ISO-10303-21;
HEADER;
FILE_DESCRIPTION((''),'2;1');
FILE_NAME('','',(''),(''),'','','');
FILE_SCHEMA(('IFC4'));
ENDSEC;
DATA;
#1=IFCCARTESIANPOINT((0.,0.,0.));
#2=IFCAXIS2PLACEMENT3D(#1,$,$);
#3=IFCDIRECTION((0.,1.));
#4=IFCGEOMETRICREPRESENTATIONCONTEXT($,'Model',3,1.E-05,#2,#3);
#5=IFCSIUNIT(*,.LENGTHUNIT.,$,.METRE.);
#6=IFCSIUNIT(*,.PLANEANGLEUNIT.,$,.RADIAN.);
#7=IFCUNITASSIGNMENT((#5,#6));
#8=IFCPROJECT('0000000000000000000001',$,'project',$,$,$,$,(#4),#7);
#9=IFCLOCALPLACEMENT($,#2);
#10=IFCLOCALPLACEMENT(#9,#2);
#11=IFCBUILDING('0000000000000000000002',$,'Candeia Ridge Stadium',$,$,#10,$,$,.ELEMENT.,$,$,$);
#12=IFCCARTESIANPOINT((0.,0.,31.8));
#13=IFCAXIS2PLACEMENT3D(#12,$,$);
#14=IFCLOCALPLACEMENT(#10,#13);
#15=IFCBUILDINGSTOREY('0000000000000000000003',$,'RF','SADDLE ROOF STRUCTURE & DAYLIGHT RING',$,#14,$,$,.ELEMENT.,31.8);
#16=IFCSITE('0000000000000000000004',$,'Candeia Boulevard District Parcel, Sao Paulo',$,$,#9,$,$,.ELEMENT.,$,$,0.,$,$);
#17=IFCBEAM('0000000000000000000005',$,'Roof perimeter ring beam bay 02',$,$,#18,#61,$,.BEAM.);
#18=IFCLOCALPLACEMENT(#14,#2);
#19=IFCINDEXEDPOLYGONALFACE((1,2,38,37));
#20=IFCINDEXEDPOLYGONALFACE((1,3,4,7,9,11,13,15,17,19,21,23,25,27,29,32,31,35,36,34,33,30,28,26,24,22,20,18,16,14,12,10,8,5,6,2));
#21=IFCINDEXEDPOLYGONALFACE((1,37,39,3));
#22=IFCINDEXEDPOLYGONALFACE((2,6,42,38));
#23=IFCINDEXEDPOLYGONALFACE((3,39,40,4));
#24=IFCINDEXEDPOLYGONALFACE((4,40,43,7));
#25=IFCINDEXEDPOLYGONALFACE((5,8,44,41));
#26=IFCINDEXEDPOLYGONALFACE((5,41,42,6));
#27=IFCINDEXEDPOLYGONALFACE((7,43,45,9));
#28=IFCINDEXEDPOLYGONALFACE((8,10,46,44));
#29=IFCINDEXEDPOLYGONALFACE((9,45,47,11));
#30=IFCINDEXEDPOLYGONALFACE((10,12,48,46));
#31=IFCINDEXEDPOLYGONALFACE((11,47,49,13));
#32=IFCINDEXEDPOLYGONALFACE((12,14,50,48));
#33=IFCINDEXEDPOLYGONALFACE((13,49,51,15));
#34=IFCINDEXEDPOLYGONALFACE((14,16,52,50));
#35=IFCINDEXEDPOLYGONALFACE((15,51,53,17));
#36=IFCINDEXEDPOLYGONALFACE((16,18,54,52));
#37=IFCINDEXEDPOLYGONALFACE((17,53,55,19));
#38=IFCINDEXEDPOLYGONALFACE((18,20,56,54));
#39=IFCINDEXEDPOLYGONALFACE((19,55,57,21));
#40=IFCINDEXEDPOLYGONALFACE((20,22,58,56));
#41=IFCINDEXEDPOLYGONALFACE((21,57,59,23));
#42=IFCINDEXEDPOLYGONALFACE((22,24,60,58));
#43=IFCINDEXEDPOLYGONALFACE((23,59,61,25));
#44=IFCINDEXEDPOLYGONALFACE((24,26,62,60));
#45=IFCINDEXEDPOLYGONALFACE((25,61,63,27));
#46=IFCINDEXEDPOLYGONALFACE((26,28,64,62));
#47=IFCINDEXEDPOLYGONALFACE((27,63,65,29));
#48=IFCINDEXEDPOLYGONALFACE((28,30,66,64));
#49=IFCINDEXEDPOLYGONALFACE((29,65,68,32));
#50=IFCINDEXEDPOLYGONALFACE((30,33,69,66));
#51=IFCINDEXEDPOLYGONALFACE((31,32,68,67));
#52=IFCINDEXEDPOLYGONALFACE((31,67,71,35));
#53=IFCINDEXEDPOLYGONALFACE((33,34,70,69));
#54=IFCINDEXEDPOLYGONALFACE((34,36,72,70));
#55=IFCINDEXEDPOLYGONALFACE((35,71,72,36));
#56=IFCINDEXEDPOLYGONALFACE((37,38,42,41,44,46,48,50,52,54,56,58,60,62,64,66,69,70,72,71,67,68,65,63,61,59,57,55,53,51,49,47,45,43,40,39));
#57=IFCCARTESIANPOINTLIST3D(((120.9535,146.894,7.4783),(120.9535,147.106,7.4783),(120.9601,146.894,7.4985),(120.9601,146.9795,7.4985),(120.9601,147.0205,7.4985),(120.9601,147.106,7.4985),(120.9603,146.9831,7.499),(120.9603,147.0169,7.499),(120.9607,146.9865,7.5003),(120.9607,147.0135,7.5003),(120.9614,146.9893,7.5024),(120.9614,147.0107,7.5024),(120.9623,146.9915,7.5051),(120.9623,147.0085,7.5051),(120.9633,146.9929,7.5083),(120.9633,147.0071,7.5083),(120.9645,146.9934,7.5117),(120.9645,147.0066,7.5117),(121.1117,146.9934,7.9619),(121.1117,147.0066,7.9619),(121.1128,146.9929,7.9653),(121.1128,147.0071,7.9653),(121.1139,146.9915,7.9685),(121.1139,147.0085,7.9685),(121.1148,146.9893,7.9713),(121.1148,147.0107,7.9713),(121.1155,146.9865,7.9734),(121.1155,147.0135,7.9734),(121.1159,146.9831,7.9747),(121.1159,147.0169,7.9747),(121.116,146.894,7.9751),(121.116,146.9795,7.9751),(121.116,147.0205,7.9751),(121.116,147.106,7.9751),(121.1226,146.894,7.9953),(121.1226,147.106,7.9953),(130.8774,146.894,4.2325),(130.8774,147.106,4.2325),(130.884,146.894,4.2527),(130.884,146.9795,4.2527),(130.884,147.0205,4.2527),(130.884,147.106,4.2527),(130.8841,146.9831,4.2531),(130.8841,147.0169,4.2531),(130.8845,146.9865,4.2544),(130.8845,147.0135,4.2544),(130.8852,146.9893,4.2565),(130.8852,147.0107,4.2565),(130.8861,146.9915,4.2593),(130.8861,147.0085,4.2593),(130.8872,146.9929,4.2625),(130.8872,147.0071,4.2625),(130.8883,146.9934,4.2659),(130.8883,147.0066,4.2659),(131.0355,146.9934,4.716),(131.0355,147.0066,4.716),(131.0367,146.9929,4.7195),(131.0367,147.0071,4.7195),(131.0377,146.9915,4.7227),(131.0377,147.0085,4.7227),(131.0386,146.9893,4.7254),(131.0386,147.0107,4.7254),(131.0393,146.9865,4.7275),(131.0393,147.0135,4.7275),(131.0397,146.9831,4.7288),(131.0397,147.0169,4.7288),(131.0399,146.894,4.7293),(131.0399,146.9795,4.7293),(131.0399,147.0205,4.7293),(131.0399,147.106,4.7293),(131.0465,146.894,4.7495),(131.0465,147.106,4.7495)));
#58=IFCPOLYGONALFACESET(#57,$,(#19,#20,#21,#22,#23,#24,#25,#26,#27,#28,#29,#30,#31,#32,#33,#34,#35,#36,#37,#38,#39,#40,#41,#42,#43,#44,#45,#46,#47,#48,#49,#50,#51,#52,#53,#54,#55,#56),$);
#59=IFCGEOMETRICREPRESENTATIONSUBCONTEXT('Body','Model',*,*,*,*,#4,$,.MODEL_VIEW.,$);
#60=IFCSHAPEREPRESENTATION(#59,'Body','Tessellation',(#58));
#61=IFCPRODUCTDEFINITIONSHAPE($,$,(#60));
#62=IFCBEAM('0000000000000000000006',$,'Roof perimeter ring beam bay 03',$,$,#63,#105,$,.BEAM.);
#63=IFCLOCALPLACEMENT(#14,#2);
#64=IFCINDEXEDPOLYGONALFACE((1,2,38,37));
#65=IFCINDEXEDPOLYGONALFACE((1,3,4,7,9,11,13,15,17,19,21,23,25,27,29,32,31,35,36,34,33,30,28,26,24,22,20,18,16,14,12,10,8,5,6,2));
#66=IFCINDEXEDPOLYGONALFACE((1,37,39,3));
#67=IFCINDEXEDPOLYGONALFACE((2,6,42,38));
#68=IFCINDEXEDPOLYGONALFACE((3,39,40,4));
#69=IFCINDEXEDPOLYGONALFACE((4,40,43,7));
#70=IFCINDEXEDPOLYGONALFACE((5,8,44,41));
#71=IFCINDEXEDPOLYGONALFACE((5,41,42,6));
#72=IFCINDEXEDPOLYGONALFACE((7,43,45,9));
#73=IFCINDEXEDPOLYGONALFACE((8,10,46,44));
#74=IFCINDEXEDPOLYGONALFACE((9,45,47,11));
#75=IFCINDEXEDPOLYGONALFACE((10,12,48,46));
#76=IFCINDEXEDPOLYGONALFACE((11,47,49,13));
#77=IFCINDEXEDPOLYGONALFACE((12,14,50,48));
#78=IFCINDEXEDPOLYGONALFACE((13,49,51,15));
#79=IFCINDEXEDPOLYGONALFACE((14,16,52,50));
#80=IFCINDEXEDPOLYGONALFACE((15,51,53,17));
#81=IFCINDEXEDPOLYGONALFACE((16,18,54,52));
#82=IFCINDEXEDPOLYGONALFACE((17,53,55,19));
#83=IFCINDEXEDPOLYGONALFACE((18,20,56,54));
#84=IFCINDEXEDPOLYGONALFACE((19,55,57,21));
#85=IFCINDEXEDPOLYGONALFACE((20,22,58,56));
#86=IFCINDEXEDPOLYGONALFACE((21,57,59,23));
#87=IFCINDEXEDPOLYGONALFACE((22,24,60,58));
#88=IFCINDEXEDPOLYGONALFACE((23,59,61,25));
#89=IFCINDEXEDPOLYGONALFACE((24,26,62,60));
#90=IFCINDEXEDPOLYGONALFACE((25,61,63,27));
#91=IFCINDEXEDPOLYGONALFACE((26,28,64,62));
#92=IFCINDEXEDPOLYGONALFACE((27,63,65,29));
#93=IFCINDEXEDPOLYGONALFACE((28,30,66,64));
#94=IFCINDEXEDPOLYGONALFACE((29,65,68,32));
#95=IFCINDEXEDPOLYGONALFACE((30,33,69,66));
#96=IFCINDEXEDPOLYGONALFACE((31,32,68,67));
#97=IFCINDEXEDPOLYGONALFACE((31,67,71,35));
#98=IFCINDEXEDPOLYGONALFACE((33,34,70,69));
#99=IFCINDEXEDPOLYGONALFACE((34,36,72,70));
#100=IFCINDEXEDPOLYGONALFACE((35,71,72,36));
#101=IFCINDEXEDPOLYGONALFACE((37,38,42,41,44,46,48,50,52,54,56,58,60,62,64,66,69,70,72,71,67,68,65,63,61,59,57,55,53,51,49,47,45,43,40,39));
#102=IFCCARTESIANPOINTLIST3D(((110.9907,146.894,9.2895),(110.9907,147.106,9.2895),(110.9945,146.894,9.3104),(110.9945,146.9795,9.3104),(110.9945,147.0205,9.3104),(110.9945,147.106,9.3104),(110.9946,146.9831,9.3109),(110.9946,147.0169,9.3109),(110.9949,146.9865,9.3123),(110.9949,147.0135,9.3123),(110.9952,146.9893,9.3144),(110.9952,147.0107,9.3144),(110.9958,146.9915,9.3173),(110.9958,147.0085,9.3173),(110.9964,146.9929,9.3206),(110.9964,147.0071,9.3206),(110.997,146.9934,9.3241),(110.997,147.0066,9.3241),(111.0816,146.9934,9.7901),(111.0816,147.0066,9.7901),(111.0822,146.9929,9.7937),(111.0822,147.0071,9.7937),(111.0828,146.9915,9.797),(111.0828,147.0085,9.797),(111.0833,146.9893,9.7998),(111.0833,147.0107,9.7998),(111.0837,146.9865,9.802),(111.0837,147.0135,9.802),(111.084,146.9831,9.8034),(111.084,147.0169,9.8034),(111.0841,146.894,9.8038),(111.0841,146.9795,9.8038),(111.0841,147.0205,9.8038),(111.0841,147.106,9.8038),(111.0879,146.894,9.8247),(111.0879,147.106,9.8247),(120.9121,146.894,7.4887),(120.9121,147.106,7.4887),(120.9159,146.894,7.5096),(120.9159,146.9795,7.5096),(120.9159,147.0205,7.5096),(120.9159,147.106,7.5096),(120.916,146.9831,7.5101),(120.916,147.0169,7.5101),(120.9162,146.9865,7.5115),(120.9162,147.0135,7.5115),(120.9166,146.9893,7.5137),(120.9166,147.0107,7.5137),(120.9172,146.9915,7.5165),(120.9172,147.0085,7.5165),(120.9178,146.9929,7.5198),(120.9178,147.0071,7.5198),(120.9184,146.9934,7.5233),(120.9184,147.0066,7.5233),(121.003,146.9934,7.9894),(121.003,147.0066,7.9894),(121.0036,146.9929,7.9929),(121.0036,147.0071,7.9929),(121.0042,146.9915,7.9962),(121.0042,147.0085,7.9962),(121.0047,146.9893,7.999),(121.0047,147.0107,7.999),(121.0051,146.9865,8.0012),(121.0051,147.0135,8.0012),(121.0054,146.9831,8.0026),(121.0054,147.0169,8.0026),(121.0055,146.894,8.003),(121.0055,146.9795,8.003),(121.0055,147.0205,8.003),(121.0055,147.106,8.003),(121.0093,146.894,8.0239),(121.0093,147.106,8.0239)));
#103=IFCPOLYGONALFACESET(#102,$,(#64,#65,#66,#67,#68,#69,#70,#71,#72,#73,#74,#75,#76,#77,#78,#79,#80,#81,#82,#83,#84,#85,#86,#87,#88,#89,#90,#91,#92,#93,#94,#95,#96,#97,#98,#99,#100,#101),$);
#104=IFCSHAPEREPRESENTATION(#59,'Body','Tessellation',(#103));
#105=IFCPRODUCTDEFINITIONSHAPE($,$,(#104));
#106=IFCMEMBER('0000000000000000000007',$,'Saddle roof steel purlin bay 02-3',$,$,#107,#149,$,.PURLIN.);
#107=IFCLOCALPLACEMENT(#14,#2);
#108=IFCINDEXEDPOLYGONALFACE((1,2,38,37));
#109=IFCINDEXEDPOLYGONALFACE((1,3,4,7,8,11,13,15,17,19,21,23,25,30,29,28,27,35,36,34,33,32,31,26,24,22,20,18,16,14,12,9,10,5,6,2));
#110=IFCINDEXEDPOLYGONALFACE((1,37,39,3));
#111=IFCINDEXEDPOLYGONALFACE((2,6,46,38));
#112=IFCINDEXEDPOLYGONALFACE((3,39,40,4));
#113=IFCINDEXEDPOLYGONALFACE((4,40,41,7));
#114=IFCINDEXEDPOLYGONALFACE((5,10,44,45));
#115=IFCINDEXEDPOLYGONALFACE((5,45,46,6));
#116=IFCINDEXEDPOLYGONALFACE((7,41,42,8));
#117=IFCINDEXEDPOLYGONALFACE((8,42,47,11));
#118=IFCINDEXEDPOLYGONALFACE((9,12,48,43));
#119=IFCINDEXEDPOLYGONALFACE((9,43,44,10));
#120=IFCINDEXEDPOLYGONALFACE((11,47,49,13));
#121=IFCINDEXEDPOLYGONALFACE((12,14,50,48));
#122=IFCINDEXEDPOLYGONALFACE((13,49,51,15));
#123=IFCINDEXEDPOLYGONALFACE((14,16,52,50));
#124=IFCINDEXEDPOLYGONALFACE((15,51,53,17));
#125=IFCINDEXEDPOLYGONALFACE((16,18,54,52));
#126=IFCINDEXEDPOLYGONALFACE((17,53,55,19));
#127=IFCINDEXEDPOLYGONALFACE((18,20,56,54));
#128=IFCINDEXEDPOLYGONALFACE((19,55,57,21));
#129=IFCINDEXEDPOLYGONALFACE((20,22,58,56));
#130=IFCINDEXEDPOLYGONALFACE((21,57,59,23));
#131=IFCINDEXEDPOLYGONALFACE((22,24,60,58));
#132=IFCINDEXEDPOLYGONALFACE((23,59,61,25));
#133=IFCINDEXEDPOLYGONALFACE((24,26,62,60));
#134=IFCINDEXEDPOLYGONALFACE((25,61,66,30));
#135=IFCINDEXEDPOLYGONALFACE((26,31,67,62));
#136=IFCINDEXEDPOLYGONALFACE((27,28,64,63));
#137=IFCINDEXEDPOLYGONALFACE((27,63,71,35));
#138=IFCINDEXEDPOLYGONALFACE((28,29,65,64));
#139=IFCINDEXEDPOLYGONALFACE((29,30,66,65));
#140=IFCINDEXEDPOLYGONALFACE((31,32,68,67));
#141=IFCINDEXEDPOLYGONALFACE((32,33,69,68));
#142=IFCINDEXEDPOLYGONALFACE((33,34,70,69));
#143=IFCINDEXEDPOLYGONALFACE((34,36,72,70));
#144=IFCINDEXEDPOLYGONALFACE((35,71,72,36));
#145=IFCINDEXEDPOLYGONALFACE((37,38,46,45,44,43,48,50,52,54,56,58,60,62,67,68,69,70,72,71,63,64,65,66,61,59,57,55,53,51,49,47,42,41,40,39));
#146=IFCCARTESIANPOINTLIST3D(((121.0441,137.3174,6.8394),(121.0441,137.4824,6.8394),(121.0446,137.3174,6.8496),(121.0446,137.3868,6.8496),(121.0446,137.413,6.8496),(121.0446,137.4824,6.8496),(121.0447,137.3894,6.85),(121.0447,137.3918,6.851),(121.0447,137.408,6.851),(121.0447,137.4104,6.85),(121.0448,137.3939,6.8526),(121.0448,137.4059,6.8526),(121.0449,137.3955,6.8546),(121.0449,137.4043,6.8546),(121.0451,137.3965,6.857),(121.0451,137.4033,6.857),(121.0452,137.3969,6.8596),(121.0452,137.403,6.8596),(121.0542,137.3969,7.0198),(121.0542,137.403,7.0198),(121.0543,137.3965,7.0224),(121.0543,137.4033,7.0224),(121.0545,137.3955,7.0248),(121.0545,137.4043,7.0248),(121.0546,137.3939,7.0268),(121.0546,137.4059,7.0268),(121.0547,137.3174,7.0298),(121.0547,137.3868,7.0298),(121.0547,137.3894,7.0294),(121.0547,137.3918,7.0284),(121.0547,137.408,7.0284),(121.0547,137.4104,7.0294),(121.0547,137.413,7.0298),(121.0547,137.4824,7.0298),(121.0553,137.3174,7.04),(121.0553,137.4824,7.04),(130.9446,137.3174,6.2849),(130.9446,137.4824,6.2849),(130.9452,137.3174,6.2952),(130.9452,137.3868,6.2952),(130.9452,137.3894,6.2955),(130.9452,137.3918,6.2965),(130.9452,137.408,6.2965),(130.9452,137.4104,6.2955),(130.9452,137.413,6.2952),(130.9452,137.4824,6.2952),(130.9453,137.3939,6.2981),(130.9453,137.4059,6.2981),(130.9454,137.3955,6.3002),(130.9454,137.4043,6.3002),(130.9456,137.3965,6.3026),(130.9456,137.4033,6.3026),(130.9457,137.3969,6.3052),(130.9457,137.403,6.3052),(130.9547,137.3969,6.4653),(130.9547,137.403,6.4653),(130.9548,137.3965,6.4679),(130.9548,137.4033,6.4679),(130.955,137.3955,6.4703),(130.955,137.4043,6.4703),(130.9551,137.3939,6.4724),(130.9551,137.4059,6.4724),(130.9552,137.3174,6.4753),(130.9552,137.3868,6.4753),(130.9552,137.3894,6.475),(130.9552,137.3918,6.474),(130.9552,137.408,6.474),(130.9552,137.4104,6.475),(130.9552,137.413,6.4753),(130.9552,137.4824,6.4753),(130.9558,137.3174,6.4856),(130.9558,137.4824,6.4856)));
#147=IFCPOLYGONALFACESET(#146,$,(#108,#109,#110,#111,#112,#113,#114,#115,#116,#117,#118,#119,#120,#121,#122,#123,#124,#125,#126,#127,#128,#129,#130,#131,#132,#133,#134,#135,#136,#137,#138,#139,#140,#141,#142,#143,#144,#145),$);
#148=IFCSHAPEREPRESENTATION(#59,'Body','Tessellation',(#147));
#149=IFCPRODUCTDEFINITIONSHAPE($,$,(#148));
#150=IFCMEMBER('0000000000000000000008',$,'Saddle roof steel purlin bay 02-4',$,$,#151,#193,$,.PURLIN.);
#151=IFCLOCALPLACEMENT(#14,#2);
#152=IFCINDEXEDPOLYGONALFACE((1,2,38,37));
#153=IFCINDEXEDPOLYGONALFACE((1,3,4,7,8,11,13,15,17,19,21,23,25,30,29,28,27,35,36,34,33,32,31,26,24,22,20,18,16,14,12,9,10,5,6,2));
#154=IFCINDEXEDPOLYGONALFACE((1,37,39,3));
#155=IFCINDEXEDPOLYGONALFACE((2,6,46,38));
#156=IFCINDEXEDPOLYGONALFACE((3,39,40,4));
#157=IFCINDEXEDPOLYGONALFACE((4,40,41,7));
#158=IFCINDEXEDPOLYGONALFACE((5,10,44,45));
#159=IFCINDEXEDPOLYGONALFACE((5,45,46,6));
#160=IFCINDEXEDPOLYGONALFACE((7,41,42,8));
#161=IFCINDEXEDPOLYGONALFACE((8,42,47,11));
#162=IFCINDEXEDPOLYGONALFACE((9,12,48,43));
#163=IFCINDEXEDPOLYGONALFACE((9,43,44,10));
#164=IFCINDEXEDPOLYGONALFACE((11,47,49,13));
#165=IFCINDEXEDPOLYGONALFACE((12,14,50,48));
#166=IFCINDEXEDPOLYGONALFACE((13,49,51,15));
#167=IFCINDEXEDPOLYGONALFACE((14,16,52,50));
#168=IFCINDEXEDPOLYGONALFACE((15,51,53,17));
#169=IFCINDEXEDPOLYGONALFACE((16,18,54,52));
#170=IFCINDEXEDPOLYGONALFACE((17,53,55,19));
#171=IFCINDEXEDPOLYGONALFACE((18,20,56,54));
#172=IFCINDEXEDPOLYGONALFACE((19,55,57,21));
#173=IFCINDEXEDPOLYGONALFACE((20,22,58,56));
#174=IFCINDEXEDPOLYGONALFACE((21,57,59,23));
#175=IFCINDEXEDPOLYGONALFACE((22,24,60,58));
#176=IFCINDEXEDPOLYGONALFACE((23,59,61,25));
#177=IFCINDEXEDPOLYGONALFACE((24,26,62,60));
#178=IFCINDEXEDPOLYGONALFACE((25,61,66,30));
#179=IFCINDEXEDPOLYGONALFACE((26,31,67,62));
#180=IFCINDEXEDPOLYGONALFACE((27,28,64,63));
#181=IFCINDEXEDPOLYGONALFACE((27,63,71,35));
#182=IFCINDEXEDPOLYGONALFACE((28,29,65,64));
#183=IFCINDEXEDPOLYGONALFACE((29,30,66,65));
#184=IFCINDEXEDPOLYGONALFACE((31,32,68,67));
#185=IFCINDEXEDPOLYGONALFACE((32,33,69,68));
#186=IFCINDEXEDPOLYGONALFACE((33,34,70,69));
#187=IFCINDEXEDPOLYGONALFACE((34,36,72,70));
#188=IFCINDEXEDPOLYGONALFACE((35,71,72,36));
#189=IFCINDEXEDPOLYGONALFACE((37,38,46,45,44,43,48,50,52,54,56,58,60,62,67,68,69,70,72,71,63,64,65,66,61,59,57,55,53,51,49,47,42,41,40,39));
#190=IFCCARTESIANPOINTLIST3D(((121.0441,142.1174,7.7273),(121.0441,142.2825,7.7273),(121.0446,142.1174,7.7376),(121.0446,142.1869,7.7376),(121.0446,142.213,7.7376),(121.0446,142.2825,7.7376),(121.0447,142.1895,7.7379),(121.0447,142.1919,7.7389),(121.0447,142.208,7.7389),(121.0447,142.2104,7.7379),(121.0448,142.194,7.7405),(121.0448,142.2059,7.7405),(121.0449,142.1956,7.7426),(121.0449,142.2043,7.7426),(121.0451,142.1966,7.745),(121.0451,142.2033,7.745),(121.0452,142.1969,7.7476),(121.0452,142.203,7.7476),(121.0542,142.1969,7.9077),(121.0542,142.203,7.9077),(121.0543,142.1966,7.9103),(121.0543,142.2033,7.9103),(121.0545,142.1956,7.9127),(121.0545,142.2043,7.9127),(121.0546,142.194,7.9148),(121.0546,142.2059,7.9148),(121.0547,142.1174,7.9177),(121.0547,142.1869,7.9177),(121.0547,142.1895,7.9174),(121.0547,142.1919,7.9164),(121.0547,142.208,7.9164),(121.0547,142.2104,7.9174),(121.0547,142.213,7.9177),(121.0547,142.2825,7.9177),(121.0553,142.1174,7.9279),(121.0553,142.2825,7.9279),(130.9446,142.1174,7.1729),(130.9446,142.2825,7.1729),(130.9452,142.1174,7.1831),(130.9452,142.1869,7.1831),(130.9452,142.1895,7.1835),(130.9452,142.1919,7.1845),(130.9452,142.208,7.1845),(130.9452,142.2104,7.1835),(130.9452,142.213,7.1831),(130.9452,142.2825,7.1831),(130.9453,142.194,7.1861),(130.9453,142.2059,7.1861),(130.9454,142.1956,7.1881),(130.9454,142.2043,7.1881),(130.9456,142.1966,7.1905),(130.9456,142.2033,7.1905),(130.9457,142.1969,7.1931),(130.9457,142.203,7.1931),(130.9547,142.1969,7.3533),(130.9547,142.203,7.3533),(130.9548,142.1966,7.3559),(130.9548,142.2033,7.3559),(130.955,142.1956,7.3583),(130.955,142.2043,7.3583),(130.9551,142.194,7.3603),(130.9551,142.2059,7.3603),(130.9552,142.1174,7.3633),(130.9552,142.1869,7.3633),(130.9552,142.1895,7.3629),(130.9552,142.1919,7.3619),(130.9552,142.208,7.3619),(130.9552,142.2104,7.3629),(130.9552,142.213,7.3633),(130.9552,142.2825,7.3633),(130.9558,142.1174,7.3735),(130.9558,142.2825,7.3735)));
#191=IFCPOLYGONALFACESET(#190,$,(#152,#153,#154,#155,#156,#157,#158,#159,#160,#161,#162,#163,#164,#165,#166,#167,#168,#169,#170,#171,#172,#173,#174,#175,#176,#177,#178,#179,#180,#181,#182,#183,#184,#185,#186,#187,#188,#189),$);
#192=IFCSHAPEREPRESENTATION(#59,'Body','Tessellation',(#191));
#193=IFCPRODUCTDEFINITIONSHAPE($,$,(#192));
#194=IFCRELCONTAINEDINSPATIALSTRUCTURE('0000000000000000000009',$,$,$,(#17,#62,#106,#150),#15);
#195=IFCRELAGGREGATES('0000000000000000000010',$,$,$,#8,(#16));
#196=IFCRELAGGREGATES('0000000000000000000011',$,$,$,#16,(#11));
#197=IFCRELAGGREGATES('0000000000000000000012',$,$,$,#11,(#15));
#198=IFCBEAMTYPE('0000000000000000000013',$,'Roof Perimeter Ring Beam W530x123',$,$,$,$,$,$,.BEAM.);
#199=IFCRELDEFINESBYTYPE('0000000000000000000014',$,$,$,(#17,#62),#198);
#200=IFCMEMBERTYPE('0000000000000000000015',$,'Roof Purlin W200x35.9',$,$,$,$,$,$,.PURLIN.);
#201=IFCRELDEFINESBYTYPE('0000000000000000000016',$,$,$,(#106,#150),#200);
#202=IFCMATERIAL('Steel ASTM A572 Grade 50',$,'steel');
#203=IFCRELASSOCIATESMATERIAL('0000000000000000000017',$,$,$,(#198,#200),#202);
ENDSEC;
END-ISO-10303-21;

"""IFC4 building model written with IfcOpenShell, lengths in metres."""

from ifc_helpers import new_model, si_unit, direction, frame, origin, origin_2d, place, context, subcontext, project, spatial, i_section, extrude, material, material_profile, profile_set, type_object, element, save


model = new_model("IFC4")

# Units and contexts
model_context = context("Model", 3, precision=1e-05, world=origin(), true_north=direction((0.0, 1.0)))
body_context = subcontext(model_context, "Body", "Model", "MODEL_VIEW")
ifc_project = project(units=[si_unit("LENGTHUNIT", "METRE"), si_unit("PLANEANGLEUNIT", "RADIAN")], contexts=[model_context])

# Site, building, storey
site_placement = place(None, origin())
site = spatial("IfcSite", under=ifc_project, at=site_placement, Name="Candeia Boulevard District Parcel, Sao Paulo", CompositionType="ELEMENT", RefElevation=0.0)
building_placement = place(site_placement, origin())
building = spatial("IfcBuilding", under=site, at=building_placement, Name="Candeia Ridge Stadium", CompositionType="ELEMENT")
storey_placement = place(building_placement, frame((0.0, 0.0, 31.8)))
storey = spatial("IfcBuildingStorey", under=building, at=storey_placement, Name="RF", Description="SADDLE ROOF STRUCTURE & DAYLIGHT RING", CompositionType="ELEMENT", Elevation=31.8)

# Shared definitions
ifc_material_1 = material(Name="Steel ASTM A572 Grade 50", Category="steel")

# Beams
ifc_material_profile_1 = material_profile(ifc_material_1, i_section(OverallWidth=0.2119, OverallDepth=0.5439, WebThickness=0.0132, FlangeThickness=0.0212, FilletRadius=0.0139, at=origin_2d()), Name="W530x123", Category="steel")
ifc_profile_set_1 = profile_set([ifc_material_profile_1], Name="Steel ASTM A572 Grade 50")
beam_type_1 = type_object("IfcBeamType", Name="Roof Perimeter Ring Beam W530x123", PredefinedType="BEAM", material=ifc_profile_set_1)
beam_1_placement = place(storey_placement, frame((130.9619, 147.0, 4.491), z_axis=(-0.950452, 0.0, 0.31087), x_axis=(0.0, -1.0, 0.0)))
element("IfcBeam", 1, at=beam_1_placement, inside=storey, type_object=beam_type_1, Name="Roof perimeter ring beam bay 02", PredefinedType="BEAM", context=body_context, shape_type="SweptSolid", body=[
    extrude(i_section(OverallWidth=0.2119, OverallDepth=0.5439, WebThickness=0.0132, FlangeThickness=0.0212, FilletRadius=0.0139, at=origin_2d()), origin(), (0.0, 0.0, 1.0), 10.4412),
])
beam_2_placement = place(storey_placement, frame((120.9607, 147.0, 7.7563), z_axis=(-0.983924, 0.0, 0.178587), x_axis=(0.0, -1.0, 0.0)))
element("IfcBeam", 2, at=beam_2_placement, inside=storey, type_object=beam_type_1, Name="Roof perimeter ring beam bay 03", PredefinedType="BEAM", context=body_context, shape_type="SweptSolid", body=[
    extrude(i_section(OverallWidth=0.2119, OverallDepth=0.5439, WebThickness=0.0132, FlangeThickness=0.0212, FilletRadius=0.0139, at=origin_2d()), origin(), (0.0, 0.0, 1.0), 10.0835),
])

# Members
ifc_material_profile_2 = material_profile(ifc_material_1, i_section(OverallWidth=0.165, OverallDepth=0.2009, WebThickness=0.0061, FlangeThickness=0.0103, FilletRadius=0.01, at=origin_2d()), Name="W200x35.9", Category="steel")
ifc_profile_set_2 = profile_set([ifc_material_profile_2], Name="Steel ASTM A572 Grade 50")
member_type_1 = type_object("IfcMemberType", Name="Roof Purlin W200x35.9", PredefinedType="PURLIN", material=ifc_profile_set_2)
for number, where, z_axis, x_axis, name in (
    (3, (130.9502, 137.3999, 6.3853), (-0.998436, 0.0, 0.055915), (0.0, -1.0, 0.0), "Saddle roof steel purlin bay 02-3"),
    (4, (130.9502, 142.2, 7.2732), (-0.998436, 0.0, 0.055915), (0.0, -1.0, 0.0), "Saddle roof steel purlin bay 02-4"),
):
    element("IfcMember", number, at=place(storey_placement, frame(where, z_axis=z_axis, x_axis=x_axis)), inside=storey, type_object=member_type_1, Name=name, PredefinedType="PURLIN", context=body_context, shape_type="SweptSolid", body=[
        extrude(i_section(OverallWidth=0.165, OverallDepth=0.2009, WebThickness=0.0061, FlangeThickness=0.0103, FilletRadius=0.01, at=origin_2d()), origin(), (0.0, 0.0, 1.0), 9.916),
    ])

save(model, "model.ifc")
